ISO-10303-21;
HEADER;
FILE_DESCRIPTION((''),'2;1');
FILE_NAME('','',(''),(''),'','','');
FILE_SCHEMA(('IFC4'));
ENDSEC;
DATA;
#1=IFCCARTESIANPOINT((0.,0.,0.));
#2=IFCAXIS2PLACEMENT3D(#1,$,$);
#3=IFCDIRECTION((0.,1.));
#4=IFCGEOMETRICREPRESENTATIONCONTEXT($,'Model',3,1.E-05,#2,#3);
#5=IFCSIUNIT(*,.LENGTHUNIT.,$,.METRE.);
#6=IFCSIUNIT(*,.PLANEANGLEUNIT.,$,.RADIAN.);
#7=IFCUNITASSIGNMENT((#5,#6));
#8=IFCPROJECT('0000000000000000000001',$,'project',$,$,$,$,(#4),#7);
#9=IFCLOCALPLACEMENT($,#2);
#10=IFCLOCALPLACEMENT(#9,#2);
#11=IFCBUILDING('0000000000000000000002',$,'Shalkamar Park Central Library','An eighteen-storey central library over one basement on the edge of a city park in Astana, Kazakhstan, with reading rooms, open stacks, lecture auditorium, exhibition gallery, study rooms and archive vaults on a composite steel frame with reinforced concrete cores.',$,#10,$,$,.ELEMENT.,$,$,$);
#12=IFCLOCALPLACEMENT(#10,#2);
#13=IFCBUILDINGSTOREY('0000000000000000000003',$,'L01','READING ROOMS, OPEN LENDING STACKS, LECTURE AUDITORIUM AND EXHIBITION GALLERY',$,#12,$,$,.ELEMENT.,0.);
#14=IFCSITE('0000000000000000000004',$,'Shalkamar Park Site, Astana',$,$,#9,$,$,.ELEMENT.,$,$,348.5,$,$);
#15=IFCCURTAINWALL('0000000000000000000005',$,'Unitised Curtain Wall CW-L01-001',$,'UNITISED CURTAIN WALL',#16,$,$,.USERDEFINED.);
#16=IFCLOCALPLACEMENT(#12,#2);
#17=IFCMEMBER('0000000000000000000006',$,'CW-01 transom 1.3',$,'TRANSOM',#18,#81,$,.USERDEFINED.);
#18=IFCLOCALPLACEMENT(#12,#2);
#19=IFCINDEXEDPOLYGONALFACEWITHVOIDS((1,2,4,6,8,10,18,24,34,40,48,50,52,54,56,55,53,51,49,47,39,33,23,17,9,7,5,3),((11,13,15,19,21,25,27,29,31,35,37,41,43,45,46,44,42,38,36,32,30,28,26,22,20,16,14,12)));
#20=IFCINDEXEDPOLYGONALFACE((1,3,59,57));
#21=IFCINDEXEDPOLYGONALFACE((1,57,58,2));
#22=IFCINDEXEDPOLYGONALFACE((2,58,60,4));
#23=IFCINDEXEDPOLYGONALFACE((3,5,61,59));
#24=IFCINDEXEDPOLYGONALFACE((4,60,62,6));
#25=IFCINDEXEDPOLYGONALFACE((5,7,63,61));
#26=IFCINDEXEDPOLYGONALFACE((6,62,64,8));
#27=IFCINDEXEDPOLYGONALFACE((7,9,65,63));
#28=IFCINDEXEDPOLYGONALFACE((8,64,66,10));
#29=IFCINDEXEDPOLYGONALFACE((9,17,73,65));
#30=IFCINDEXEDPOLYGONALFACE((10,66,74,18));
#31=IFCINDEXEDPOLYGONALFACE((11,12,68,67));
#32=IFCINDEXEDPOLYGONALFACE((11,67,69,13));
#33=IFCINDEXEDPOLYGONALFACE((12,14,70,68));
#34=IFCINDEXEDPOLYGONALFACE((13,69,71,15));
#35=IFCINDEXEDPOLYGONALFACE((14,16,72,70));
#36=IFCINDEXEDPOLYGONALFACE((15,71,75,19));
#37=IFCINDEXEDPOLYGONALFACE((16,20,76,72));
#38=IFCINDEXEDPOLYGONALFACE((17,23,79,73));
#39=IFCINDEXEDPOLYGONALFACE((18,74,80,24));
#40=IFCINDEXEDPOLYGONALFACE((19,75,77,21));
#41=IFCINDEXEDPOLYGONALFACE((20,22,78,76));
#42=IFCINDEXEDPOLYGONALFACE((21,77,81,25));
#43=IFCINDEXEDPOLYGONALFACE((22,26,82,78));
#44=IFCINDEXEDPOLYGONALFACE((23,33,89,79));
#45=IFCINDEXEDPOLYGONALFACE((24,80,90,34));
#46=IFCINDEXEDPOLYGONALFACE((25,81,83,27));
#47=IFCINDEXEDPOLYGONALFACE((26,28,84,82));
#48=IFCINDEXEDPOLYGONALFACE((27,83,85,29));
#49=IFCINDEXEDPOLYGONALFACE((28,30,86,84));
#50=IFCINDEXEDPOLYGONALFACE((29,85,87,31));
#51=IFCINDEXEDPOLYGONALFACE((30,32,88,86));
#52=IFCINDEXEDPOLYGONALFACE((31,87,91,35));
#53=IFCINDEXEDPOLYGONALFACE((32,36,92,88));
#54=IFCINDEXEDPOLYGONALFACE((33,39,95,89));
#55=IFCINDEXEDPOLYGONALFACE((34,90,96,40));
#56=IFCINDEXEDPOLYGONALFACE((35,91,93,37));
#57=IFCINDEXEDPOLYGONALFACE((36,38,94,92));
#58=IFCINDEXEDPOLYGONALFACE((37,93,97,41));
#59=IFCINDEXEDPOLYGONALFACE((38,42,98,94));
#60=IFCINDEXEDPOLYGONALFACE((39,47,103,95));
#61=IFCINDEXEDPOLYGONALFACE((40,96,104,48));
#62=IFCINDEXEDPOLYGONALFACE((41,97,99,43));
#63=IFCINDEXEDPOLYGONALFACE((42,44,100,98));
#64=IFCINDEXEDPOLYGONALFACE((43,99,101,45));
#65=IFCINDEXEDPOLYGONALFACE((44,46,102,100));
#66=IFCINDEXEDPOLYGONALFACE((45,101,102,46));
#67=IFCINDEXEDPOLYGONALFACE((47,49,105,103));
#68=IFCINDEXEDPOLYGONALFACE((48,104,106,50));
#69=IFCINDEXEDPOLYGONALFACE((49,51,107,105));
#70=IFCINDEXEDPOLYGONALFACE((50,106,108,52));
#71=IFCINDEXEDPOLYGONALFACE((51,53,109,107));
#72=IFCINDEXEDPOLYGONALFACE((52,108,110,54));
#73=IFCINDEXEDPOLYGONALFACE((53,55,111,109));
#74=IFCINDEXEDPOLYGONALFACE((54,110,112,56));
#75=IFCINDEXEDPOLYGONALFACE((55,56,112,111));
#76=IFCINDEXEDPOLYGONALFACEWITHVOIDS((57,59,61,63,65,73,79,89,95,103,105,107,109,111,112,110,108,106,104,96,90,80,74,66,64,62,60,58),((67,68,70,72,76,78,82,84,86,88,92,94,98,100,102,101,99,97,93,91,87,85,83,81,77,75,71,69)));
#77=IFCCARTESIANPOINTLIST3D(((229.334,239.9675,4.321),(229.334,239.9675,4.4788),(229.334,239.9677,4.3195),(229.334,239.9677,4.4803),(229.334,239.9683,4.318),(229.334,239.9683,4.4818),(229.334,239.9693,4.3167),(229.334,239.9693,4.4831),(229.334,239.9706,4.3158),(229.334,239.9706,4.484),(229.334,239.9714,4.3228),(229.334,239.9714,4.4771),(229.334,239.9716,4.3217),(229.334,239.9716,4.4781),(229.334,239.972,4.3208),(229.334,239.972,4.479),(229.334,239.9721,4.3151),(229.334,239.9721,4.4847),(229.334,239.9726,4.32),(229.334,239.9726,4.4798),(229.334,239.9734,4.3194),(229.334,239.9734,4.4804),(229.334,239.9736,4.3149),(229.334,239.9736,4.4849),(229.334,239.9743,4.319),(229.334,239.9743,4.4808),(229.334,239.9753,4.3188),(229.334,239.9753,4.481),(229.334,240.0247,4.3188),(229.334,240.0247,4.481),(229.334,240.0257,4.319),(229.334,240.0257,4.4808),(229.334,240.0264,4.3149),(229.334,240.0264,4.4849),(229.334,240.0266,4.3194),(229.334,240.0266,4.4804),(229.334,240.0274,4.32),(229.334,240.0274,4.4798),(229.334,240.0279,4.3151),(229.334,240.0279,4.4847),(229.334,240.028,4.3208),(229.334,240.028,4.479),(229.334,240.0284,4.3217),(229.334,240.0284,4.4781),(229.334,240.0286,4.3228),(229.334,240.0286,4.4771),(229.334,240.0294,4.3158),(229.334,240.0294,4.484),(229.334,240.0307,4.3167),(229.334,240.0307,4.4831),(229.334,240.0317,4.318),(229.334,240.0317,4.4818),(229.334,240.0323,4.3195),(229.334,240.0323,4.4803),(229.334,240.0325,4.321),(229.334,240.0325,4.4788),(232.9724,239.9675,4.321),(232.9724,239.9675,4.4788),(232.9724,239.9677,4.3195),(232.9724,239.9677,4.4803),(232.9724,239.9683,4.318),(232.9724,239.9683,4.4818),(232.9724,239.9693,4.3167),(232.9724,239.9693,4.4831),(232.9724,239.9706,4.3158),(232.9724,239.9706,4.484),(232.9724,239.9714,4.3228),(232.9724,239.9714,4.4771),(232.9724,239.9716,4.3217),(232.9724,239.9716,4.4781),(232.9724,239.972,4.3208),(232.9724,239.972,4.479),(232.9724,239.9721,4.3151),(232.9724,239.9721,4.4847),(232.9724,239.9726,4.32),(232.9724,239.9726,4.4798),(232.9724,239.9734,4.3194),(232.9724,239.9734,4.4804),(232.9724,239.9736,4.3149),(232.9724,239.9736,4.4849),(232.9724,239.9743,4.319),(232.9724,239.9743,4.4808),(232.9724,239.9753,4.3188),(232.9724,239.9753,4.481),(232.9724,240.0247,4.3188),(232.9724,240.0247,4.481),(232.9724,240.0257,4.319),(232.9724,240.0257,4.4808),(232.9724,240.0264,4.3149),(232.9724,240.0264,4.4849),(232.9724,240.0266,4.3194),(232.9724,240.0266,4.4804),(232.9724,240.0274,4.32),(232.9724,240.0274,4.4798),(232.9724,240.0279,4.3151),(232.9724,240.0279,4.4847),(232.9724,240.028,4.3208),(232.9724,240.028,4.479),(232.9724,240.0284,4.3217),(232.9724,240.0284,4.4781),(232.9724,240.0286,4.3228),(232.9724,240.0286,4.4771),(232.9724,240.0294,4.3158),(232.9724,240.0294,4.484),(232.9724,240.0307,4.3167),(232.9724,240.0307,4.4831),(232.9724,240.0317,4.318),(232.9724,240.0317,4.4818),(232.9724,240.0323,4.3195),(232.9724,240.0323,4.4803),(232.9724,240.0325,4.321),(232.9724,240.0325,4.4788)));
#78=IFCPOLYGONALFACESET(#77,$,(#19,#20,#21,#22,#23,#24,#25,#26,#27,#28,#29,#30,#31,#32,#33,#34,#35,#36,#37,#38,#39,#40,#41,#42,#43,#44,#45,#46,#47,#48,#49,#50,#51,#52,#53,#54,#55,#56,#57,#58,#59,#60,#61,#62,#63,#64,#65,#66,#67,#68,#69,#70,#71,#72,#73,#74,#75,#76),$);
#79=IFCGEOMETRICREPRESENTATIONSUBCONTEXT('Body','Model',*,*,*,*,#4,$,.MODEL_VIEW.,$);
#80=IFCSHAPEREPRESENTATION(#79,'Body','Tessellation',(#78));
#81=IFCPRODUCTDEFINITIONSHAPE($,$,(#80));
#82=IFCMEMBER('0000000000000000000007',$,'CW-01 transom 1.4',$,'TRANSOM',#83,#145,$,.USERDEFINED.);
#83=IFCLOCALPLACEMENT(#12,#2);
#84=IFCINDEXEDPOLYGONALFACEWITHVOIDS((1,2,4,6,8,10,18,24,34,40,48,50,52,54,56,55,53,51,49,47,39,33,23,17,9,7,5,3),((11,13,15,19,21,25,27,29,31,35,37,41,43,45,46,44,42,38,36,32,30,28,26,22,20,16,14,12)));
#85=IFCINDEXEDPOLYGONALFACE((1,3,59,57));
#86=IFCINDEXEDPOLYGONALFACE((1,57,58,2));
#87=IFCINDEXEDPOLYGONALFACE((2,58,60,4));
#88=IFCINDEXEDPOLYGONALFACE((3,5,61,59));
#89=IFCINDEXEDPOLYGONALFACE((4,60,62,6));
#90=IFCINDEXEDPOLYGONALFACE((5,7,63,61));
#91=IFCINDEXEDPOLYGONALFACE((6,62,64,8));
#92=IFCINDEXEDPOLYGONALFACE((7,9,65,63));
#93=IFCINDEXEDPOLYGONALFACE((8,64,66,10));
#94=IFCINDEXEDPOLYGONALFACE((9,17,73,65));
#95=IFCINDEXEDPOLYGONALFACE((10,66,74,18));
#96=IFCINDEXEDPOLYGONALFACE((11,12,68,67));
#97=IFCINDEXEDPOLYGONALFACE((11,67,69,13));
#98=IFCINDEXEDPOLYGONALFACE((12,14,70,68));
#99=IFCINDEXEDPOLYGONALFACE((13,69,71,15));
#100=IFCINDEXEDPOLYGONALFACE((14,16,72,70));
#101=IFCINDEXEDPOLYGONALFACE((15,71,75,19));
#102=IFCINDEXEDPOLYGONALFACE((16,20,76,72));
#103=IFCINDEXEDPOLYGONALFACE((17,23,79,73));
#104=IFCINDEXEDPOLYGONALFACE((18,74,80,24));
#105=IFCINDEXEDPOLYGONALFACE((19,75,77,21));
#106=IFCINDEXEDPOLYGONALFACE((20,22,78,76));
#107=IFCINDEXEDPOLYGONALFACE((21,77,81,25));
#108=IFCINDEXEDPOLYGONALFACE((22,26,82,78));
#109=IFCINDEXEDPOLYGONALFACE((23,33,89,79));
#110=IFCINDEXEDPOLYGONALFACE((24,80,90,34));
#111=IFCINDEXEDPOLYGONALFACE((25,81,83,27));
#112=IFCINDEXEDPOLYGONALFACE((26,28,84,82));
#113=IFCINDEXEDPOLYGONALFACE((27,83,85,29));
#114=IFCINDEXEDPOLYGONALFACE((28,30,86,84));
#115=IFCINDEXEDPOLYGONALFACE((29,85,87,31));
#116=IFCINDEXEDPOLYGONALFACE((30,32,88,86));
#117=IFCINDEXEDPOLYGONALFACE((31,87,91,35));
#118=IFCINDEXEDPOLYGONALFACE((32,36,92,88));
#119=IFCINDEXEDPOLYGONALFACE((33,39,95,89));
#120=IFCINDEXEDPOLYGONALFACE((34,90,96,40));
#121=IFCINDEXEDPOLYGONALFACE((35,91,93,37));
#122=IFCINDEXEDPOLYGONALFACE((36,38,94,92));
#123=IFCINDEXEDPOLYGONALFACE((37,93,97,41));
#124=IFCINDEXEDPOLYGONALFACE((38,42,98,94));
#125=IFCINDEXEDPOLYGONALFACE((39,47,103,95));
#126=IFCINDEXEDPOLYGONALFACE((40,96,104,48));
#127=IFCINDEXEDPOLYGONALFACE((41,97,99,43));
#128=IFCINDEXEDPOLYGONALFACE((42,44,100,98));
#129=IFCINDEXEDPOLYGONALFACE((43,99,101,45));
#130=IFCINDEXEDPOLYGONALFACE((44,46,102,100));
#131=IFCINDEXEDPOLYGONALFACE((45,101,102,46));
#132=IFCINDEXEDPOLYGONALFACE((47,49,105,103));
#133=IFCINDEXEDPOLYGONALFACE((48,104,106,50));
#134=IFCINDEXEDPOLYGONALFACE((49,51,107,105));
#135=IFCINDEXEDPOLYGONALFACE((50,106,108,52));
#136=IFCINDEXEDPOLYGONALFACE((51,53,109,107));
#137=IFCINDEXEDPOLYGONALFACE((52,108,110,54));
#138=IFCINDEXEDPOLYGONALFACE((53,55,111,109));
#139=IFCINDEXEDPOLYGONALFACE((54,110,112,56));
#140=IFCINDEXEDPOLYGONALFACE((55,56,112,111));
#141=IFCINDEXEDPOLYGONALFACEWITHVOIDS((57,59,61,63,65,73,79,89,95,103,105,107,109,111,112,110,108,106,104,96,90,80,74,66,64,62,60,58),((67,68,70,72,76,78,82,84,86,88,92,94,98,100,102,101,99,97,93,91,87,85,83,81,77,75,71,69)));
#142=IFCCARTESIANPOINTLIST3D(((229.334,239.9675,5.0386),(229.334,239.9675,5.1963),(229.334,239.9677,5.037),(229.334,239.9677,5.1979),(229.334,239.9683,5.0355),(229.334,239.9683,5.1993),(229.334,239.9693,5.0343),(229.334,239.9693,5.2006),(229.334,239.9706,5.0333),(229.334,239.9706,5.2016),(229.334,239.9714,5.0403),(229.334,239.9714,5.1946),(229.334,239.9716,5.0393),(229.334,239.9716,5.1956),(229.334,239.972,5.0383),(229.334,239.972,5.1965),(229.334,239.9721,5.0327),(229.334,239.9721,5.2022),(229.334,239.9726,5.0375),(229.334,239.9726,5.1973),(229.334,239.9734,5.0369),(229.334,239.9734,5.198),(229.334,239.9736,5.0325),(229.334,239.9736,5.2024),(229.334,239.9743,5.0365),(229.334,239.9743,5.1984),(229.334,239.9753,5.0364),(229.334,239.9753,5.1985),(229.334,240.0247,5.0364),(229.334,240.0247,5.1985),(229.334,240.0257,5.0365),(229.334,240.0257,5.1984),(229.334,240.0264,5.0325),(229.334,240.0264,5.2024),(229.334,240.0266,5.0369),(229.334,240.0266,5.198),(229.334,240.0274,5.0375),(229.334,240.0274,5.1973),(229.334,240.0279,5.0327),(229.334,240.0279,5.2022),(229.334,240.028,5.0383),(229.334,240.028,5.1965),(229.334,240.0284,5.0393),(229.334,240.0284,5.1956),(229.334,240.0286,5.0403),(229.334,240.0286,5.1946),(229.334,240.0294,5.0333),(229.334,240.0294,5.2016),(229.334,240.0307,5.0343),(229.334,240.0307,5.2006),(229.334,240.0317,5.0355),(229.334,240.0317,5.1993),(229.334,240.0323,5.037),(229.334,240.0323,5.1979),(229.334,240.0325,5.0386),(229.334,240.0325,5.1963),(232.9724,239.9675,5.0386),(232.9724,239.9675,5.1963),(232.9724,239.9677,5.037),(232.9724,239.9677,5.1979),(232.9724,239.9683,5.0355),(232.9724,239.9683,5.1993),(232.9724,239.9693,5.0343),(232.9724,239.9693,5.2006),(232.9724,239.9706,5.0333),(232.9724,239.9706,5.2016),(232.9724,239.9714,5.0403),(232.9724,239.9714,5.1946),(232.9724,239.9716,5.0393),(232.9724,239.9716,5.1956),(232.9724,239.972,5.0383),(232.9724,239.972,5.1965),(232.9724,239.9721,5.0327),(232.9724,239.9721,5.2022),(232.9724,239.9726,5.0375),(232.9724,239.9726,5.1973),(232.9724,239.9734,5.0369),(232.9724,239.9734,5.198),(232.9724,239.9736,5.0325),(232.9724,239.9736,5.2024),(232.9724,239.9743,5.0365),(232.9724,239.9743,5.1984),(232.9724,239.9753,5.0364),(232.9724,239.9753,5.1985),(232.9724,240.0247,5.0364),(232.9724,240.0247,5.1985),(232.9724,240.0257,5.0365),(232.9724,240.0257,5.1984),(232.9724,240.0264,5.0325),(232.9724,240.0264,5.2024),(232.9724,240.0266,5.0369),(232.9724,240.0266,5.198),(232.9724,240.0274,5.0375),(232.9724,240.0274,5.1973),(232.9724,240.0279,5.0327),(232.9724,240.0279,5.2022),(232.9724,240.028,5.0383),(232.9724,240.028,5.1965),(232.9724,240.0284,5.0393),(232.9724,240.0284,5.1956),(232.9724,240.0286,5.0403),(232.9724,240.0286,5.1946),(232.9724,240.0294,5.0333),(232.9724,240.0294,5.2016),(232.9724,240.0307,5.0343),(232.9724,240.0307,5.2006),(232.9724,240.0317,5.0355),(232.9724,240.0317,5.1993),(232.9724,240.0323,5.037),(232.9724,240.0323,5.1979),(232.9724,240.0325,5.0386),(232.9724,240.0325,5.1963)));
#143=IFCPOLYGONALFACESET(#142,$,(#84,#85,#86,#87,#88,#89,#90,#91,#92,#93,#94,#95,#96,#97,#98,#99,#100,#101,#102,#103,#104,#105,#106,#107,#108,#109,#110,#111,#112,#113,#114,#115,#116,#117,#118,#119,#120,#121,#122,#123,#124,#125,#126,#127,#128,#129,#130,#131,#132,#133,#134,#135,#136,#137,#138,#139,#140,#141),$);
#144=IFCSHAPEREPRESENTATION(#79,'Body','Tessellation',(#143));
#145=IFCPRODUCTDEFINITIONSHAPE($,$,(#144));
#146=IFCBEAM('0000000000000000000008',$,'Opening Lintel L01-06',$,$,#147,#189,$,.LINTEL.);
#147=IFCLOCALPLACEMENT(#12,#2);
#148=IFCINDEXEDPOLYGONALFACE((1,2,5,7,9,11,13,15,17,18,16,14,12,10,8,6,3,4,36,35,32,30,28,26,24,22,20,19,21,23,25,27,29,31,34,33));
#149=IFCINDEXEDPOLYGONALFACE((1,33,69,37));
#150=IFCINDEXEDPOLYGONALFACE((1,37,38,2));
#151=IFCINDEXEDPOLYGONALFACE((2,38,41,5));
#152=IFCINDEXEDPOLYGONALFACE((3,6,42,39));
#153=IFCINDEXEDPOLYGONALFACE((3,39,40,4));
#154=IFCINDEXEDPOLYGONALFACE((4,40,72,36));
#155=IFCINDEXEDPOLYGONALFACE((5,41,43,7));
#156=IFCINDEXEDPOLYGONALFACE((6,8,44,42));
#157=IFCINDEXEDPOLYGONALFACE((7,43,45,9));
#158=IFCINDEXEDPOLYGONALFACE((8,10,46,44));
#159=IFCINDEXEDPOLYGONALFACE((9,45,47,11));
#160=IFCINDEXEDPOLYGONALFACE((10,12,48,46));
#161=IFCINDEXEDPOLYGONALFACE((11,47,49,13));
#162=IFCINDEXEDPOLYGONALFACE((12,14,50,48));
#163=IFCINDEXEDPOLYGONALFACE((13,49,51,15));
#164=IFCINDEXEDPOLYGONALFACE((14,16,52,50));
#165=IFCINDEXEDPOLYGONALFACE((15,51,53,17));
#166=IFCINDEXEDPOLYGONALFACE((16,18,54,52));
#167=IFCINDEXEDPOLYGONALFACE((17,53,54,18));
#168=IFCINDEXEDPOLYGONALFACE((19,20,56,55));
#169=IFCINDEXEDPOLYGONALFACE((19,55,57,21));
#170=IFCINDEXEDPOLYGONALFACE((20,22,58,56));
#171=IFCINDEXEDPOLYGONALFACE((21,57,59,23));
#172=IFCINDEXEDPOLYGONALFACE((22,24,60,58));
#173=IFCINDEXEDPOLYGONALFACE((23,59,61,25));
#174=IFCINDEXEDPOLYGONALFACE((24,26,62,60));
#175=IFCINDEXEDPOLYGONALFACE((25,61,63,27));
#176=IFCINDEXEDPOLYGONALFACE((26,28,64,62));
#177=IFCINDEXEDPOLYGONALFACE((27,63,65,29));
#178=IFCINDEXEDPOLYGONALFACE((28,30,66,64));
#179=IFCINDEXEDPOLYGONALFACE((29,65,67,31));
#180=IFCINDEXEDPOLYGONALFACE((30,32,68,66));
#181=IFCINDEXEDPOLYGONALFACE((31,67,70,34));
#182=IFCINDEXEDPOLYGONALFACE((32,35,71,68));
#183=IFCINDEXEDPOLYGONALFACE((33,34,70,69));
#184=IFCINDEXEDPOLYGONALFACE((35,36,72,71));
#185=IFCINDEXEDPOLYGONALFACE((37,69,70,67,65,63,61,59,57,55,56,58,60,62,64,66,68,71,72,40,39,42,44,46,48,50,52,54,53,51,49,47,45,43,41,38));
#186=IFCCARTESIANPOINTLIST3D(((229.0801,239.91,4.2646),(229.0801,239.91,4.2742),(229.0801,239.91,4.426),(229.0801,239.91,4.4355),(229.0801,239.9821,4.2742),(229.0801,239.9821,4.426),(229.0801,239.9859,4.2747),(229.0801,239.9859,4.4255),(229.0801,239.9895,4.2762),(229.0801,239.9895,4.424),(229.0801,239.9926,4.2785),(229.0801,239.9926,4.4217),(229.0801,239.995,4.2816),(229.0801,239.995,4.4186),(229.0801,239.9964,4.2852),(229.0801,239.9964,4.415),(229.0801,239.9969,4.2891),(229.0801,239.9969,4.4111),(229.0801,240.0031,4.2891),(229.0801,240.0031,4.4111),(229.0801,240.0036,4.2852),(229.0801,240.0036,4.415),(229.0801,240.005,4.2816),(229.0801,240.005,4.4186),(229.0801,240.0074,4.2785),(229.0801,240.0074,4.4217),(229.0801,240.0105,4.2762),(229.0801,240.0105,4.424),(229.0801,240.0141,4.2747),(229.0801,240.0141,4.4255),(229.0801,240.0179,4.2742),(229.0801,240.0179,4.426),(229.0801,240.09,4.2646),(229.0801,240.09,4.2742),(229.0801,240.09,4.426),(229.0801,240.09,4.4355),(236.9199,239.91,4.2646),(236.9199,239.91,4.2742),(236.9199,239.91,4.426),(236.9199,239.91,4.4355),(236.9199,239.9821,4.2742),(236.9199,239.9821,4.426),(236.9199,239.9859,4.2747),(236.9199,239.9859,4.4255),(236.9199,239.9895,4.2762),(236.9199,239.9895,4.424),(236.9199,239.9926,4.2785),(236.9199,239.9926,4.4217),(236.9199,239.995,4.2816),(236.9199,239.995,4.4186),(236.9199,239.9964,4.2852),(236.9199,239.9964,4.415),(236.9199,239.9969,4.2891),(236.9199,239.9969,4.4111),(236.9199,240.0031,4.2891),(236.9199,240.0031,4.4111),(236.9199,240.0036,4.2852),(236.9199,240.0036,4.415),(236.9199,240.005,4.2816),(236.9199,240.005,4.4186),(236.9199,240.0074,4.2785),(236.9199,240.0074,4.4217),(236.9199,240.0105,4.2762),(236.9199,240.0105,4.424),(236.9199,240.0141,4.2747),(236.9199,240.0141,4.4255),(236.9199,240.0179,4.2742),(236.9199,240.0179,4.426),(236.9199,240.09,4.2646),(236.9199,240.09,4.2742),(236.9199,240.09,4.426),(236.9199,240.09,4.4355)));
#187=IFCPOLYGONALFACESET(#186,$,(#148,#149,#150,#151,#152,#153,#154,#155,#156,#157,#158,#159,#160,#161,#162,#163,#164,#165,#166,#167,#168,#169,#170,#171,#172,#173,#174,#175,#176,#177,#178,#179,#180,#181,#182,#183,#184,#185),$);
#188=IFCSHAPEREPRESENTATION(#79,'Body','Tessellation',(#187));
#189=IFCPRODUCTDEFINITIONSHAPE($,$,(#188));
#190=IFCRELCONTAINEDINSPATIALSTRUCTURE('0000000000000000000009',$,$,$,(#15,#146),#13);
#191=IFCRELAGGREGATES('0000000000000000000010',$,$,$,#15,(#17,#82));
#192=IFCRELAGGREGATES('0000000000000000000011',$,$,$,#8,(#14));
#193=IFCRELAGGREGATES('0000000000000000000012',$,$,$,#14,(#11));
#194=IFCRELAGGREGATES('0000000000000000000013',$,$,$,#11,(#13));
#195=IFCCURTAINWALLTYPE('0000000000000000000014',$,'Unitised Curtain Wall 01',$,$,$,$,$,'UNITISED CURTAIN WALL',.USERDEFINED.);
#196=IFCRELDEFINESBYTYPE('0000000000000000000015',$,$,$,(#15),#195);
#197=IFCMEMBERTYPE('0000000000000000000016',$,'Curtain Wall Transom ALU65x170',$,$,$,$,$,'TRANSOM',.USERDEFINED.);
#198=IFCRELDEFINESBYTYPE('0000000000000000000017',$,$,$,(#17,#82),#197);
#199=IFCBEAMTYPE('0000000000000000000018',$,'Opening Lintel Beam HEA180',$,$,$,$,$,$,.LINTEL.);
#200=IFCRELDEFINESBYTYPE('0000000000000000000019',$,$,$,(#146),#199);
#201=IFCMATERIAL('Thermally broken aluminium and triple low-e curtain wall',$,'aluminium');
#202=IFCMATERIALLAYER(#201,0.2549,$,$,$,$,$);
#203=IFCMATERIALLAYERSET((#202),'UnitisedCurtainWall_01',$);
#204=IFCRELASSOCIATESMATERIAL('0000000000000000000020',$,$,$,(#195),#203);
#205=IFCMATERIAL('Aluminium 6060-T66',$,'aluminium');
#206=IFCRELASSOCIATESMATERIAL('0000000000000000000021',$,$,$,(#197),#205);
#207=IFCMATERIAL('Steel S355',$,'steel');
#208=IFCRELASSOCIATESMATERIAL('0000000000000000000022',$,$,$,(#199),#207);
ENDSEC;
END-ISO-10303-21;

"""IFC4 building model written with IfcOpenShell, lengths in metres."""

from ifc_helpers import new_model, si_unit, direction, frame, origin, origin_2d, place, context, subcontext, project, spatial, hollow_rectangle, i_section, extrude, material, layer, layer_set, material_profile, profile_set, type_object, element, aggregate, save


model = new_model("IFC4")

# Units and contexts
model_context = context("Model", 3, precision=1e-05, world=origin(), true_north=direction((0.0, 1.0)))
body_context = subcontext(model_context, "Body", "Model", "MODEL_VIEW")
ifc_project = project(units=[si_unit("LENGTHUNIT", "METRE"), si_unit("PLANEANGLEUNIT", "RADIAN")], contexts=[model_context])

# Site, building, storey
site_placement = place(None, origin())
site = spatial("IfcSite", under=ifc_project, at=site_placement, Name="Shalkamar Park Site, Astana", CompositionType="ELEMENT", RefElevation=348.5)
building_placement = place(site_placement, origin())
building = spatial("IfcBuilding", under=site, at=building_placement, Name="Shalkamar Park Central Library", Description="An eighteen-storey central library over one basement on the edge of a city park in Astana, Kazakhstan, with reading rooms, open stacks, lecture auditorium, exhibition gallery, study rooms and archive vaults on a composite steel frame with reinforced concrete cores.", CompositionType="ELEMENT")
storey_placement = place(building_placement, origin())
storey = spatial("IfcBuildingStorey", under=building, at=storey_placement, Name="L01", Description="READING ROOMS, OPEN LENDING STACKS, LECTURE AUDITORIUM AND EXHIBITION GALLERY", CompositionType="ELEMENT", Elevation=0.0)

# Shared definitions
ifc_material_1 = material(Name="Steel S355", Category="steel")

# Curtain wall, members
ifc_material_2 = material(Name="Thermally broken aluminium and triple low-e curtain wall", Category="aluminium")
ifc_layer_1 = layer(ifc_material_2, 0.2549)
ifc_layer_set_1 = layer_set([ifc_layer_1], Name="UnitisedCurtainWall_01")
curtain_wall_type = type_object("IfcCurtainWallType", Name="Unitised Curtain Wall 01", ElementType="UNITISED CURTAIN WALL", PredefinedType="USERDEFINED", material=ifc_layer_set_1)
curtain_wall_placement = place(storey_placement, origin())
curtain_wall = element("IfcCurtainWall", 1, at=curtain_wall_placement, inside=storey, type_object=curtain_wall_type, Name="Unitised Curtain Wall CW-L01-001", ObjectType="UNITISED CURTAIN WALL", PredefinedType="USERDEFINED")
ifc_material_3 = material(Name="Aluminium 6060-T66", Category="aluminium")
ifc_material_profile_1 = material_profile(ifc_material_3, hollow_rectangle(XDim=0.0649, YDim=0.1699, WallThickness=0.0039, InnerFilletRadius=0.0039, OuterFilletRadius=0.0061, at=origin_2d()), Name="ALU 65x170x4")
ifc_profile_set_1 = profile_set([ifc_material_profile_1], Name="Aluminium 6060-T66")
member_type_1 = type_object("IfcMemberType", Name="Curtain Wall Transom ALU65x170", ElementType="TRANSOM", PredefinedType="USERDEFINED", material=ifc_profile_set_1)
member_1_placement = place(storey_placement, frame((229.334, 240.0, 4.3999), z_axis=(1.0, 0.0, 0.0), x_axis=(0.0, 1.0, 0.0)))
member_1 = element("IfcMember", 2, at=member_1_placement, type_object=member_type_1, Name="CW-01 transom 1.3", ObjectType="TRANSOM", PredefinedType="USERDEFINED", context=body_context, shape_type="SweptSolid", body=[
    extrude(hollow_rectangle(XDim=0.0649, YDim=0.1699, WallThickness=0.0039, InnerFilletRadius=0.0039, OuterFilletRadius=0.0061, at=origin_2d()), origin(), (0.0, 0.0, 1.0), 3.6384),
])
member_2_placement = place(storey_placement, frame((229.334, 240.0, 5.1174), z_axis=(1.0, 0.0, 0.0), x_axis=(0.0, 1.0, 0.0)))
member_2 = element("IfcMember", 3, at=member_2_placement, type_object=member_type_1, Name="CW-01 transom 1.4", ObjectType="TRANSOM", PredefinedType="USERDEFINED", context=body_context, shape_type="SweptSolid", body=[
    extrude(hollow_rectangle(XDim=0.0649, YDim=0.1699, WallThickness=0.0039, InnerFilletRadius=0.0039, OuterFilletRadius=0.0061, at=origin_2d()), origin(), (0.0, 0.0, 1.0), 3.6384),
])

# Beam
ifc_material_profile_2 = material_profile(ifc_material_1, i_section(OverallWidth=0.1799, OverallDepth=0.1709, WebThickness=0.0061, FlangeThickness=0.0095, FilletRadius=0.0149, at=origin_2d()), Name="HEA 180")
ifc_profile_set_2 = profile_set([ifc_material_profile_2], Name="Steel S355")
beam_type_1 = type_object("IfcBeamType", Name="Opening Lintel Beam HEA180", PredefinedType="LINTEL", material=ifc_profile_set_2)
beam_1_placement = place(storey_placement, frame((229.0801, 240.0, 4.3501), z_axis=(1.0, 0.0, 0.0), x_axis=(0.0, 1.0, 0.0)))
element("IfcBeam", 4, at=beam_1_placement, inside=storey, type_object=beam_type_1, Name="Opening Lintel L01-06", PredefinedType="LINTEL", context=body_context, shape_type="SweptSolid", body=[
    extrude(i_section(OverallWidth=0.1799, OverallDepth=0.1709, WebThickness=0.0061, FlangeThickness=0.0095, FilletRadius=0.0149, at=origin_2d()), origin(), (0.0, 0.0, 1.0), 7.8398),
])

aggregate(curtain_wall, [member_1, member_2])

save(model, "model.ifc")
